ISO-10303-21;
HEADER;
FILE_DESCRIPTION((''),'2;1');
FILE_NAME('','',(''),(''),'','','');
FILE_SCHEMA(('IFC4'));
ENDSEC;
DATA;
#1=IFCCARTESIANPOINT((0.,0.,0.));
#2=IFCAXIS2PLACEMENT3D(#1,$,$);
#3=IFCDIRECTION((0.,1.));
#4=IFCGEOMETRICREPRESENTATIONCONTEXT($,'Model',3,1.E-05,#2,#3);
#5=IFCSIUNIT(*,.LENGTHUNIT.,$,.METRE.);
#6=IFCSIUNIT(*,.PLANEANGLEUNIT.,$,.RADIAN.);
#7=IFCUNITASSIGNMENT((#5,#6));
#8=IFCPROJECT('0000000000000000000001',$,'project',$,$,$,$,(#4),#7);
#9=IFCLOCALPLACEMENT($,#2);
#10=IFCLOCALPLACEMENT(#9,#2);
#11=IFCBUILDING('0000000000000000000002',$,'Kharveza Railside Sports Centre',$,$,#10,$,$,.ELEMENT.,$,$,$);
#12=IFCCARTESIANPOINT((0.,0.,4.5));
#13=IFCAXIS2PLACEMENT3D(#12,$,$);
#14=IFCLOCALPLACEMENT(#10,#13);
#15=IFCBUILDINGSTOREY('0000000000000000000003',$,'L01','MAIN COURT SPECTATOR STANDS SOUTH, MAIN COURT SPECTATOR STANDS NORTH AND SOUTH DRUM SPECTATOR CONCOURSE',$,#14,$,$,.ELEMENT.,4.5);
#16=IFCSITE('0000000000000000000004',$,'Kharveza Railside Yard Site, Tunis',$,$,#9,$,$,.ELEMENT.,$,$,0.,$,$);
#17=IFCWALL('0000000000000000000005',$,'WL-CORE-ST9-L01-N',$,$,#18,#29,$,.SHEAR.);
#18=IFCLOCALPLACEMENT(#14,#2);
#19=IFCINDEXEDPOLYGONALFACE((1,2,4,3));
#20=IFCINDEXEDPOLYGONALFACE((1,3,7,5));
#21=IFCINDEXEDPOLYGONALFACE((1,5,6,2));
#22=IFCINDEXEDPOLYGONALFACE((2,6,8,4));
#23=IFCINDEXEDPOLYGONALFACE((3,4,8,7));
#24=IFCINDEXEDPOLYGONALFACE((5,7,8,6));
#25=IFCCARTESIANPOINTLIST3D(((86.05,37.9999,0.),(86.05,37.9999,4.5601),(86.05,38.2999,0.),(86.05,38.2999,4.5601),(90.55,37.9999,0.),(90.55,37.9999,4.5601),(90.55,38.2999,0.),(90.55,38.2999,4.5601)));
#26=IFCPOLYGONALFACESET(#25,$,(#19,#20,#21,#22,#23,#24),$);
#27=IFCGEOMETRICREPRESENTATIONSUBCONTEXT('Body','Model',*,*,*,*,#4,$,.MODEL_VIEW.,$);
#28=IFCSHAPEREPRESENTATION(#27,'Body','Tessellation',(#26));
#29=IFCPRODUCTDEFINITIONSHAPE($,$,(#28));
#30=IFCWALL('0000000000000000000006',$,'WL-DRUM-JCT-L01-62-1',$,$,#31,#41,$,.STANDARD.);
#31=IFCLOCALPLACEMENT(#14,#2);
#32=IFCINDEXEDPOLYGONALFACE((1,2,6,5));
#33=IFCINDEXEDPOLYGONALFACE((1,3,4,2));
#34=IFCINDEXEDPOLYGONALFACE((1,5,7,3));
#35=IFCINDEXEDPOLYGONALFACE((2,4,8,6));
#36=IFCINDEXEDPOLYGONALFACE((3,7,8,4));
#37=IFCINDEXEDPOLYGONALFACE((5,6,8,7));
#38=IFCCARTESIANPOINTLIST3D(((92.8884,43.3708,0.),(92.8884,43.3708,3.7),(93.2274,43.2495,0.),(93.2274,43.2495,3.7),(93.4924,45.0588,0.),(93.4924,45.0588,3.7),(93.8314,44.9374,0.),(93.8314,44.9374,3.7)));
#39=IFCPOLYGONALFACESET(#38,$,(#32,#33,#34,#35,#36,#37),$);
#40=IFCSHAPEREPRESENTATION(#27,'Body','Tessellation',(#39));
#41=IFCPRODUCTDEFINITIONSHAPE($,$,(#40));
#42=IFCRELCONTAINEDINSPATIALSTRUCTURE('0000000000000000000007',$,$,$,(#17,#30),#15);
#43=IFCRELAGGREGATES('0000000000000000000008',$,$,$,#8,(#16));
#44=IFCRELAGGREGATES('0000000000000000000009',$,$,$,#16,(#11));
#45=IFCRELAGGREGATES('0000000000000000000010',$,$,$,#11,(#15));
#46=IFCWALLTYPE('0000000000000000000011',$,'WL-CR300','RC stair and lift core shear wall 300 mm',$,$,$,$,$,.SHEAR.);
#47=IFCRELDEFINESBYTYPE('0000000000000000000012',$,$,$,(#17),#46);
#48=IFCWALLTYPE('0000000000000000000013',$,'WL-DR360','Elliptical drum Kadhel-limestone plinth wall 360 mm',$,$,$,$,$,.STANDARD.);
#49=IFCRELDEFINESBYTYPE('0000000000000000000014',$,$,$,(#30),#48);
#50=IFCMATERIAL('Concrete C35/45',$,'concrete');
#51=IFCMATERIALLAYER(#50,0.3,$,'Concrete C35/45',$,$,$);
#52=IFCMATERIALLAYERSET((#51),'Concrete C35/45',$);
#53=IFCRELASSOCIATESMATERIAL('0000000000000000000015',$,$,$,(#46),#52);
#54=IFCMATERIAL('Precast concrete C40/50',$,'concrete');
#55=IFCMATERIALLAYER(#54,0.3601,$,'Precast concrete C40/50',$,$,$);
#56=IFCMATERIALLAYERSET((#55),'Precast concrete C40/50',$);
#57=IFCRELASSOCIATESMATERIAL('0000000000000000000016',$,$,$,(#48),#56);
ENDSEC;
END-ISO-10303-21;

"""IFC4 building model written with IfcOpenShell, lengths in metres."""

from ifc_helpers import new_model, si_unit, direction, frame, frame_2d, origin, place, context, subcontext, project, spatial, rectangle, extrude, material, layer, layer_set, type_object, element, save


model = new_model("IFC4")

# Units and contexts
model_context = context("Model", 3, precision=1e-05, world=origin(), true_north=direction((0.0, 1.0)))
body_context = subcontext(model_context, "Body", "Model", "MODEL_VIEW")
ifc_project = project(units=[si_unit("LENGTHUNIT", "METRE"), si_unit("PLANEANGLEUNIT", "RADIAN")], contexts=[model_context])

# Site, building, storey
site_placement = place(None, origin())
site = spatial("IfcSite", under=ifc_project, at=site_placement, Name="Kharveza Railside Yard Site, Tunis", CompositionType="ELEMENT", RefElevation=0.0)
building_placement = place(site_placement, origin())
building = spatial("IfcBuilding", under=site, at=building_placement, Name="Kharveza Railside Sports Centre", CompositionType="ELEMENT")
storey_placement = place(building_placement, frame((0.0, 0.0, 4.5)))
storey = spatial("IfcBuildingStorey", under=building, at=storey_placement, Name="L01", Description="MAIN COURT SPECTATOR STANDS SOUTH, MAIN COURT SPECTATOR STANDS NORTH AND SOUTH DRUM SPECTATOR CONCOURSE", CompositionType="ELEMENT", Elevation=4.5)

# Walls
ifc_material_1 = material(Name="Concrete C35/45", Category="concrete")
ifc_layer_1 = layer(ifc_material_1, 0.3, Name="Concrete C35/45")
ifc_layer_set_1 = layer_set([ifc_layer_1], Name="Concrete C35/45")
wall_type_1 = type_object("IfcWallType", Name="WL-CR300", Description="RC stair and lift core shear wall 300 mm", PredefinedType="SHEAR", material=ifc_layer_set_1)
wall_1_placement = place(storey_placement, frame((90.55, 38.1499, 0.0), z_axis=(0.0, 0.0, 1.0), x_axis=(-1.0, 0.0, 0.0)))
element("IfcWall", 1, at=wall_1_placement, inside=storey, type_object=wall_type_1, Name="WL-CORE-ST9-L01-N", PredefinedType="SHEAR", context=body_context, shape_type="SweptSolid", body=[
    extrude(rectangle(XDim=4.5, YDim=0.3, at=frame_2d((2.25, 0.0))), origin(), (0.0, 0.0, 1.0), 4.5601),
])
ifc_material_2 = material(Name="Precast concrete C40/50", Category="concrete")
ifc_layer_2 = layer(ifc_material_2, 0.3601, Name="Precast concrete C40/50")
ifc_layer_set_2 = layer_set([ifc_layer_2], Name="Precast concrete C40/50")
wall_type_2 = type_object("IfcWallType", Name="WL-DR360", Description="Elliptical drum Kadhel-limestone plinth wall 360 mm", PredefinedType="STANDARD", material=ifc_layer_set_2)
wall_2_placement = place(storey_placement, frame((93.0579, 43.3101, 0.0), z_axis=(0.0, 0.0, 1.0), x_axis=(0.336906, 0.941538, 0.0)))
element("IfcWall", 2, at=wall_2_placement, inside=storey, type_object=wall_type_2, Name="WL-DRUM-JCT-L01-62-1", PredefinedType="STANDARD", context=body_context, shape_type="SweptSolid", body=[
    extrude(rectangle(XDim=1.7927, YDim=0.3601, at=frame_2d((0.8965, 0.0))), origin(), (0.0, 0.0, 1.0), 3.7),
])

save(model, "model.ifc")
